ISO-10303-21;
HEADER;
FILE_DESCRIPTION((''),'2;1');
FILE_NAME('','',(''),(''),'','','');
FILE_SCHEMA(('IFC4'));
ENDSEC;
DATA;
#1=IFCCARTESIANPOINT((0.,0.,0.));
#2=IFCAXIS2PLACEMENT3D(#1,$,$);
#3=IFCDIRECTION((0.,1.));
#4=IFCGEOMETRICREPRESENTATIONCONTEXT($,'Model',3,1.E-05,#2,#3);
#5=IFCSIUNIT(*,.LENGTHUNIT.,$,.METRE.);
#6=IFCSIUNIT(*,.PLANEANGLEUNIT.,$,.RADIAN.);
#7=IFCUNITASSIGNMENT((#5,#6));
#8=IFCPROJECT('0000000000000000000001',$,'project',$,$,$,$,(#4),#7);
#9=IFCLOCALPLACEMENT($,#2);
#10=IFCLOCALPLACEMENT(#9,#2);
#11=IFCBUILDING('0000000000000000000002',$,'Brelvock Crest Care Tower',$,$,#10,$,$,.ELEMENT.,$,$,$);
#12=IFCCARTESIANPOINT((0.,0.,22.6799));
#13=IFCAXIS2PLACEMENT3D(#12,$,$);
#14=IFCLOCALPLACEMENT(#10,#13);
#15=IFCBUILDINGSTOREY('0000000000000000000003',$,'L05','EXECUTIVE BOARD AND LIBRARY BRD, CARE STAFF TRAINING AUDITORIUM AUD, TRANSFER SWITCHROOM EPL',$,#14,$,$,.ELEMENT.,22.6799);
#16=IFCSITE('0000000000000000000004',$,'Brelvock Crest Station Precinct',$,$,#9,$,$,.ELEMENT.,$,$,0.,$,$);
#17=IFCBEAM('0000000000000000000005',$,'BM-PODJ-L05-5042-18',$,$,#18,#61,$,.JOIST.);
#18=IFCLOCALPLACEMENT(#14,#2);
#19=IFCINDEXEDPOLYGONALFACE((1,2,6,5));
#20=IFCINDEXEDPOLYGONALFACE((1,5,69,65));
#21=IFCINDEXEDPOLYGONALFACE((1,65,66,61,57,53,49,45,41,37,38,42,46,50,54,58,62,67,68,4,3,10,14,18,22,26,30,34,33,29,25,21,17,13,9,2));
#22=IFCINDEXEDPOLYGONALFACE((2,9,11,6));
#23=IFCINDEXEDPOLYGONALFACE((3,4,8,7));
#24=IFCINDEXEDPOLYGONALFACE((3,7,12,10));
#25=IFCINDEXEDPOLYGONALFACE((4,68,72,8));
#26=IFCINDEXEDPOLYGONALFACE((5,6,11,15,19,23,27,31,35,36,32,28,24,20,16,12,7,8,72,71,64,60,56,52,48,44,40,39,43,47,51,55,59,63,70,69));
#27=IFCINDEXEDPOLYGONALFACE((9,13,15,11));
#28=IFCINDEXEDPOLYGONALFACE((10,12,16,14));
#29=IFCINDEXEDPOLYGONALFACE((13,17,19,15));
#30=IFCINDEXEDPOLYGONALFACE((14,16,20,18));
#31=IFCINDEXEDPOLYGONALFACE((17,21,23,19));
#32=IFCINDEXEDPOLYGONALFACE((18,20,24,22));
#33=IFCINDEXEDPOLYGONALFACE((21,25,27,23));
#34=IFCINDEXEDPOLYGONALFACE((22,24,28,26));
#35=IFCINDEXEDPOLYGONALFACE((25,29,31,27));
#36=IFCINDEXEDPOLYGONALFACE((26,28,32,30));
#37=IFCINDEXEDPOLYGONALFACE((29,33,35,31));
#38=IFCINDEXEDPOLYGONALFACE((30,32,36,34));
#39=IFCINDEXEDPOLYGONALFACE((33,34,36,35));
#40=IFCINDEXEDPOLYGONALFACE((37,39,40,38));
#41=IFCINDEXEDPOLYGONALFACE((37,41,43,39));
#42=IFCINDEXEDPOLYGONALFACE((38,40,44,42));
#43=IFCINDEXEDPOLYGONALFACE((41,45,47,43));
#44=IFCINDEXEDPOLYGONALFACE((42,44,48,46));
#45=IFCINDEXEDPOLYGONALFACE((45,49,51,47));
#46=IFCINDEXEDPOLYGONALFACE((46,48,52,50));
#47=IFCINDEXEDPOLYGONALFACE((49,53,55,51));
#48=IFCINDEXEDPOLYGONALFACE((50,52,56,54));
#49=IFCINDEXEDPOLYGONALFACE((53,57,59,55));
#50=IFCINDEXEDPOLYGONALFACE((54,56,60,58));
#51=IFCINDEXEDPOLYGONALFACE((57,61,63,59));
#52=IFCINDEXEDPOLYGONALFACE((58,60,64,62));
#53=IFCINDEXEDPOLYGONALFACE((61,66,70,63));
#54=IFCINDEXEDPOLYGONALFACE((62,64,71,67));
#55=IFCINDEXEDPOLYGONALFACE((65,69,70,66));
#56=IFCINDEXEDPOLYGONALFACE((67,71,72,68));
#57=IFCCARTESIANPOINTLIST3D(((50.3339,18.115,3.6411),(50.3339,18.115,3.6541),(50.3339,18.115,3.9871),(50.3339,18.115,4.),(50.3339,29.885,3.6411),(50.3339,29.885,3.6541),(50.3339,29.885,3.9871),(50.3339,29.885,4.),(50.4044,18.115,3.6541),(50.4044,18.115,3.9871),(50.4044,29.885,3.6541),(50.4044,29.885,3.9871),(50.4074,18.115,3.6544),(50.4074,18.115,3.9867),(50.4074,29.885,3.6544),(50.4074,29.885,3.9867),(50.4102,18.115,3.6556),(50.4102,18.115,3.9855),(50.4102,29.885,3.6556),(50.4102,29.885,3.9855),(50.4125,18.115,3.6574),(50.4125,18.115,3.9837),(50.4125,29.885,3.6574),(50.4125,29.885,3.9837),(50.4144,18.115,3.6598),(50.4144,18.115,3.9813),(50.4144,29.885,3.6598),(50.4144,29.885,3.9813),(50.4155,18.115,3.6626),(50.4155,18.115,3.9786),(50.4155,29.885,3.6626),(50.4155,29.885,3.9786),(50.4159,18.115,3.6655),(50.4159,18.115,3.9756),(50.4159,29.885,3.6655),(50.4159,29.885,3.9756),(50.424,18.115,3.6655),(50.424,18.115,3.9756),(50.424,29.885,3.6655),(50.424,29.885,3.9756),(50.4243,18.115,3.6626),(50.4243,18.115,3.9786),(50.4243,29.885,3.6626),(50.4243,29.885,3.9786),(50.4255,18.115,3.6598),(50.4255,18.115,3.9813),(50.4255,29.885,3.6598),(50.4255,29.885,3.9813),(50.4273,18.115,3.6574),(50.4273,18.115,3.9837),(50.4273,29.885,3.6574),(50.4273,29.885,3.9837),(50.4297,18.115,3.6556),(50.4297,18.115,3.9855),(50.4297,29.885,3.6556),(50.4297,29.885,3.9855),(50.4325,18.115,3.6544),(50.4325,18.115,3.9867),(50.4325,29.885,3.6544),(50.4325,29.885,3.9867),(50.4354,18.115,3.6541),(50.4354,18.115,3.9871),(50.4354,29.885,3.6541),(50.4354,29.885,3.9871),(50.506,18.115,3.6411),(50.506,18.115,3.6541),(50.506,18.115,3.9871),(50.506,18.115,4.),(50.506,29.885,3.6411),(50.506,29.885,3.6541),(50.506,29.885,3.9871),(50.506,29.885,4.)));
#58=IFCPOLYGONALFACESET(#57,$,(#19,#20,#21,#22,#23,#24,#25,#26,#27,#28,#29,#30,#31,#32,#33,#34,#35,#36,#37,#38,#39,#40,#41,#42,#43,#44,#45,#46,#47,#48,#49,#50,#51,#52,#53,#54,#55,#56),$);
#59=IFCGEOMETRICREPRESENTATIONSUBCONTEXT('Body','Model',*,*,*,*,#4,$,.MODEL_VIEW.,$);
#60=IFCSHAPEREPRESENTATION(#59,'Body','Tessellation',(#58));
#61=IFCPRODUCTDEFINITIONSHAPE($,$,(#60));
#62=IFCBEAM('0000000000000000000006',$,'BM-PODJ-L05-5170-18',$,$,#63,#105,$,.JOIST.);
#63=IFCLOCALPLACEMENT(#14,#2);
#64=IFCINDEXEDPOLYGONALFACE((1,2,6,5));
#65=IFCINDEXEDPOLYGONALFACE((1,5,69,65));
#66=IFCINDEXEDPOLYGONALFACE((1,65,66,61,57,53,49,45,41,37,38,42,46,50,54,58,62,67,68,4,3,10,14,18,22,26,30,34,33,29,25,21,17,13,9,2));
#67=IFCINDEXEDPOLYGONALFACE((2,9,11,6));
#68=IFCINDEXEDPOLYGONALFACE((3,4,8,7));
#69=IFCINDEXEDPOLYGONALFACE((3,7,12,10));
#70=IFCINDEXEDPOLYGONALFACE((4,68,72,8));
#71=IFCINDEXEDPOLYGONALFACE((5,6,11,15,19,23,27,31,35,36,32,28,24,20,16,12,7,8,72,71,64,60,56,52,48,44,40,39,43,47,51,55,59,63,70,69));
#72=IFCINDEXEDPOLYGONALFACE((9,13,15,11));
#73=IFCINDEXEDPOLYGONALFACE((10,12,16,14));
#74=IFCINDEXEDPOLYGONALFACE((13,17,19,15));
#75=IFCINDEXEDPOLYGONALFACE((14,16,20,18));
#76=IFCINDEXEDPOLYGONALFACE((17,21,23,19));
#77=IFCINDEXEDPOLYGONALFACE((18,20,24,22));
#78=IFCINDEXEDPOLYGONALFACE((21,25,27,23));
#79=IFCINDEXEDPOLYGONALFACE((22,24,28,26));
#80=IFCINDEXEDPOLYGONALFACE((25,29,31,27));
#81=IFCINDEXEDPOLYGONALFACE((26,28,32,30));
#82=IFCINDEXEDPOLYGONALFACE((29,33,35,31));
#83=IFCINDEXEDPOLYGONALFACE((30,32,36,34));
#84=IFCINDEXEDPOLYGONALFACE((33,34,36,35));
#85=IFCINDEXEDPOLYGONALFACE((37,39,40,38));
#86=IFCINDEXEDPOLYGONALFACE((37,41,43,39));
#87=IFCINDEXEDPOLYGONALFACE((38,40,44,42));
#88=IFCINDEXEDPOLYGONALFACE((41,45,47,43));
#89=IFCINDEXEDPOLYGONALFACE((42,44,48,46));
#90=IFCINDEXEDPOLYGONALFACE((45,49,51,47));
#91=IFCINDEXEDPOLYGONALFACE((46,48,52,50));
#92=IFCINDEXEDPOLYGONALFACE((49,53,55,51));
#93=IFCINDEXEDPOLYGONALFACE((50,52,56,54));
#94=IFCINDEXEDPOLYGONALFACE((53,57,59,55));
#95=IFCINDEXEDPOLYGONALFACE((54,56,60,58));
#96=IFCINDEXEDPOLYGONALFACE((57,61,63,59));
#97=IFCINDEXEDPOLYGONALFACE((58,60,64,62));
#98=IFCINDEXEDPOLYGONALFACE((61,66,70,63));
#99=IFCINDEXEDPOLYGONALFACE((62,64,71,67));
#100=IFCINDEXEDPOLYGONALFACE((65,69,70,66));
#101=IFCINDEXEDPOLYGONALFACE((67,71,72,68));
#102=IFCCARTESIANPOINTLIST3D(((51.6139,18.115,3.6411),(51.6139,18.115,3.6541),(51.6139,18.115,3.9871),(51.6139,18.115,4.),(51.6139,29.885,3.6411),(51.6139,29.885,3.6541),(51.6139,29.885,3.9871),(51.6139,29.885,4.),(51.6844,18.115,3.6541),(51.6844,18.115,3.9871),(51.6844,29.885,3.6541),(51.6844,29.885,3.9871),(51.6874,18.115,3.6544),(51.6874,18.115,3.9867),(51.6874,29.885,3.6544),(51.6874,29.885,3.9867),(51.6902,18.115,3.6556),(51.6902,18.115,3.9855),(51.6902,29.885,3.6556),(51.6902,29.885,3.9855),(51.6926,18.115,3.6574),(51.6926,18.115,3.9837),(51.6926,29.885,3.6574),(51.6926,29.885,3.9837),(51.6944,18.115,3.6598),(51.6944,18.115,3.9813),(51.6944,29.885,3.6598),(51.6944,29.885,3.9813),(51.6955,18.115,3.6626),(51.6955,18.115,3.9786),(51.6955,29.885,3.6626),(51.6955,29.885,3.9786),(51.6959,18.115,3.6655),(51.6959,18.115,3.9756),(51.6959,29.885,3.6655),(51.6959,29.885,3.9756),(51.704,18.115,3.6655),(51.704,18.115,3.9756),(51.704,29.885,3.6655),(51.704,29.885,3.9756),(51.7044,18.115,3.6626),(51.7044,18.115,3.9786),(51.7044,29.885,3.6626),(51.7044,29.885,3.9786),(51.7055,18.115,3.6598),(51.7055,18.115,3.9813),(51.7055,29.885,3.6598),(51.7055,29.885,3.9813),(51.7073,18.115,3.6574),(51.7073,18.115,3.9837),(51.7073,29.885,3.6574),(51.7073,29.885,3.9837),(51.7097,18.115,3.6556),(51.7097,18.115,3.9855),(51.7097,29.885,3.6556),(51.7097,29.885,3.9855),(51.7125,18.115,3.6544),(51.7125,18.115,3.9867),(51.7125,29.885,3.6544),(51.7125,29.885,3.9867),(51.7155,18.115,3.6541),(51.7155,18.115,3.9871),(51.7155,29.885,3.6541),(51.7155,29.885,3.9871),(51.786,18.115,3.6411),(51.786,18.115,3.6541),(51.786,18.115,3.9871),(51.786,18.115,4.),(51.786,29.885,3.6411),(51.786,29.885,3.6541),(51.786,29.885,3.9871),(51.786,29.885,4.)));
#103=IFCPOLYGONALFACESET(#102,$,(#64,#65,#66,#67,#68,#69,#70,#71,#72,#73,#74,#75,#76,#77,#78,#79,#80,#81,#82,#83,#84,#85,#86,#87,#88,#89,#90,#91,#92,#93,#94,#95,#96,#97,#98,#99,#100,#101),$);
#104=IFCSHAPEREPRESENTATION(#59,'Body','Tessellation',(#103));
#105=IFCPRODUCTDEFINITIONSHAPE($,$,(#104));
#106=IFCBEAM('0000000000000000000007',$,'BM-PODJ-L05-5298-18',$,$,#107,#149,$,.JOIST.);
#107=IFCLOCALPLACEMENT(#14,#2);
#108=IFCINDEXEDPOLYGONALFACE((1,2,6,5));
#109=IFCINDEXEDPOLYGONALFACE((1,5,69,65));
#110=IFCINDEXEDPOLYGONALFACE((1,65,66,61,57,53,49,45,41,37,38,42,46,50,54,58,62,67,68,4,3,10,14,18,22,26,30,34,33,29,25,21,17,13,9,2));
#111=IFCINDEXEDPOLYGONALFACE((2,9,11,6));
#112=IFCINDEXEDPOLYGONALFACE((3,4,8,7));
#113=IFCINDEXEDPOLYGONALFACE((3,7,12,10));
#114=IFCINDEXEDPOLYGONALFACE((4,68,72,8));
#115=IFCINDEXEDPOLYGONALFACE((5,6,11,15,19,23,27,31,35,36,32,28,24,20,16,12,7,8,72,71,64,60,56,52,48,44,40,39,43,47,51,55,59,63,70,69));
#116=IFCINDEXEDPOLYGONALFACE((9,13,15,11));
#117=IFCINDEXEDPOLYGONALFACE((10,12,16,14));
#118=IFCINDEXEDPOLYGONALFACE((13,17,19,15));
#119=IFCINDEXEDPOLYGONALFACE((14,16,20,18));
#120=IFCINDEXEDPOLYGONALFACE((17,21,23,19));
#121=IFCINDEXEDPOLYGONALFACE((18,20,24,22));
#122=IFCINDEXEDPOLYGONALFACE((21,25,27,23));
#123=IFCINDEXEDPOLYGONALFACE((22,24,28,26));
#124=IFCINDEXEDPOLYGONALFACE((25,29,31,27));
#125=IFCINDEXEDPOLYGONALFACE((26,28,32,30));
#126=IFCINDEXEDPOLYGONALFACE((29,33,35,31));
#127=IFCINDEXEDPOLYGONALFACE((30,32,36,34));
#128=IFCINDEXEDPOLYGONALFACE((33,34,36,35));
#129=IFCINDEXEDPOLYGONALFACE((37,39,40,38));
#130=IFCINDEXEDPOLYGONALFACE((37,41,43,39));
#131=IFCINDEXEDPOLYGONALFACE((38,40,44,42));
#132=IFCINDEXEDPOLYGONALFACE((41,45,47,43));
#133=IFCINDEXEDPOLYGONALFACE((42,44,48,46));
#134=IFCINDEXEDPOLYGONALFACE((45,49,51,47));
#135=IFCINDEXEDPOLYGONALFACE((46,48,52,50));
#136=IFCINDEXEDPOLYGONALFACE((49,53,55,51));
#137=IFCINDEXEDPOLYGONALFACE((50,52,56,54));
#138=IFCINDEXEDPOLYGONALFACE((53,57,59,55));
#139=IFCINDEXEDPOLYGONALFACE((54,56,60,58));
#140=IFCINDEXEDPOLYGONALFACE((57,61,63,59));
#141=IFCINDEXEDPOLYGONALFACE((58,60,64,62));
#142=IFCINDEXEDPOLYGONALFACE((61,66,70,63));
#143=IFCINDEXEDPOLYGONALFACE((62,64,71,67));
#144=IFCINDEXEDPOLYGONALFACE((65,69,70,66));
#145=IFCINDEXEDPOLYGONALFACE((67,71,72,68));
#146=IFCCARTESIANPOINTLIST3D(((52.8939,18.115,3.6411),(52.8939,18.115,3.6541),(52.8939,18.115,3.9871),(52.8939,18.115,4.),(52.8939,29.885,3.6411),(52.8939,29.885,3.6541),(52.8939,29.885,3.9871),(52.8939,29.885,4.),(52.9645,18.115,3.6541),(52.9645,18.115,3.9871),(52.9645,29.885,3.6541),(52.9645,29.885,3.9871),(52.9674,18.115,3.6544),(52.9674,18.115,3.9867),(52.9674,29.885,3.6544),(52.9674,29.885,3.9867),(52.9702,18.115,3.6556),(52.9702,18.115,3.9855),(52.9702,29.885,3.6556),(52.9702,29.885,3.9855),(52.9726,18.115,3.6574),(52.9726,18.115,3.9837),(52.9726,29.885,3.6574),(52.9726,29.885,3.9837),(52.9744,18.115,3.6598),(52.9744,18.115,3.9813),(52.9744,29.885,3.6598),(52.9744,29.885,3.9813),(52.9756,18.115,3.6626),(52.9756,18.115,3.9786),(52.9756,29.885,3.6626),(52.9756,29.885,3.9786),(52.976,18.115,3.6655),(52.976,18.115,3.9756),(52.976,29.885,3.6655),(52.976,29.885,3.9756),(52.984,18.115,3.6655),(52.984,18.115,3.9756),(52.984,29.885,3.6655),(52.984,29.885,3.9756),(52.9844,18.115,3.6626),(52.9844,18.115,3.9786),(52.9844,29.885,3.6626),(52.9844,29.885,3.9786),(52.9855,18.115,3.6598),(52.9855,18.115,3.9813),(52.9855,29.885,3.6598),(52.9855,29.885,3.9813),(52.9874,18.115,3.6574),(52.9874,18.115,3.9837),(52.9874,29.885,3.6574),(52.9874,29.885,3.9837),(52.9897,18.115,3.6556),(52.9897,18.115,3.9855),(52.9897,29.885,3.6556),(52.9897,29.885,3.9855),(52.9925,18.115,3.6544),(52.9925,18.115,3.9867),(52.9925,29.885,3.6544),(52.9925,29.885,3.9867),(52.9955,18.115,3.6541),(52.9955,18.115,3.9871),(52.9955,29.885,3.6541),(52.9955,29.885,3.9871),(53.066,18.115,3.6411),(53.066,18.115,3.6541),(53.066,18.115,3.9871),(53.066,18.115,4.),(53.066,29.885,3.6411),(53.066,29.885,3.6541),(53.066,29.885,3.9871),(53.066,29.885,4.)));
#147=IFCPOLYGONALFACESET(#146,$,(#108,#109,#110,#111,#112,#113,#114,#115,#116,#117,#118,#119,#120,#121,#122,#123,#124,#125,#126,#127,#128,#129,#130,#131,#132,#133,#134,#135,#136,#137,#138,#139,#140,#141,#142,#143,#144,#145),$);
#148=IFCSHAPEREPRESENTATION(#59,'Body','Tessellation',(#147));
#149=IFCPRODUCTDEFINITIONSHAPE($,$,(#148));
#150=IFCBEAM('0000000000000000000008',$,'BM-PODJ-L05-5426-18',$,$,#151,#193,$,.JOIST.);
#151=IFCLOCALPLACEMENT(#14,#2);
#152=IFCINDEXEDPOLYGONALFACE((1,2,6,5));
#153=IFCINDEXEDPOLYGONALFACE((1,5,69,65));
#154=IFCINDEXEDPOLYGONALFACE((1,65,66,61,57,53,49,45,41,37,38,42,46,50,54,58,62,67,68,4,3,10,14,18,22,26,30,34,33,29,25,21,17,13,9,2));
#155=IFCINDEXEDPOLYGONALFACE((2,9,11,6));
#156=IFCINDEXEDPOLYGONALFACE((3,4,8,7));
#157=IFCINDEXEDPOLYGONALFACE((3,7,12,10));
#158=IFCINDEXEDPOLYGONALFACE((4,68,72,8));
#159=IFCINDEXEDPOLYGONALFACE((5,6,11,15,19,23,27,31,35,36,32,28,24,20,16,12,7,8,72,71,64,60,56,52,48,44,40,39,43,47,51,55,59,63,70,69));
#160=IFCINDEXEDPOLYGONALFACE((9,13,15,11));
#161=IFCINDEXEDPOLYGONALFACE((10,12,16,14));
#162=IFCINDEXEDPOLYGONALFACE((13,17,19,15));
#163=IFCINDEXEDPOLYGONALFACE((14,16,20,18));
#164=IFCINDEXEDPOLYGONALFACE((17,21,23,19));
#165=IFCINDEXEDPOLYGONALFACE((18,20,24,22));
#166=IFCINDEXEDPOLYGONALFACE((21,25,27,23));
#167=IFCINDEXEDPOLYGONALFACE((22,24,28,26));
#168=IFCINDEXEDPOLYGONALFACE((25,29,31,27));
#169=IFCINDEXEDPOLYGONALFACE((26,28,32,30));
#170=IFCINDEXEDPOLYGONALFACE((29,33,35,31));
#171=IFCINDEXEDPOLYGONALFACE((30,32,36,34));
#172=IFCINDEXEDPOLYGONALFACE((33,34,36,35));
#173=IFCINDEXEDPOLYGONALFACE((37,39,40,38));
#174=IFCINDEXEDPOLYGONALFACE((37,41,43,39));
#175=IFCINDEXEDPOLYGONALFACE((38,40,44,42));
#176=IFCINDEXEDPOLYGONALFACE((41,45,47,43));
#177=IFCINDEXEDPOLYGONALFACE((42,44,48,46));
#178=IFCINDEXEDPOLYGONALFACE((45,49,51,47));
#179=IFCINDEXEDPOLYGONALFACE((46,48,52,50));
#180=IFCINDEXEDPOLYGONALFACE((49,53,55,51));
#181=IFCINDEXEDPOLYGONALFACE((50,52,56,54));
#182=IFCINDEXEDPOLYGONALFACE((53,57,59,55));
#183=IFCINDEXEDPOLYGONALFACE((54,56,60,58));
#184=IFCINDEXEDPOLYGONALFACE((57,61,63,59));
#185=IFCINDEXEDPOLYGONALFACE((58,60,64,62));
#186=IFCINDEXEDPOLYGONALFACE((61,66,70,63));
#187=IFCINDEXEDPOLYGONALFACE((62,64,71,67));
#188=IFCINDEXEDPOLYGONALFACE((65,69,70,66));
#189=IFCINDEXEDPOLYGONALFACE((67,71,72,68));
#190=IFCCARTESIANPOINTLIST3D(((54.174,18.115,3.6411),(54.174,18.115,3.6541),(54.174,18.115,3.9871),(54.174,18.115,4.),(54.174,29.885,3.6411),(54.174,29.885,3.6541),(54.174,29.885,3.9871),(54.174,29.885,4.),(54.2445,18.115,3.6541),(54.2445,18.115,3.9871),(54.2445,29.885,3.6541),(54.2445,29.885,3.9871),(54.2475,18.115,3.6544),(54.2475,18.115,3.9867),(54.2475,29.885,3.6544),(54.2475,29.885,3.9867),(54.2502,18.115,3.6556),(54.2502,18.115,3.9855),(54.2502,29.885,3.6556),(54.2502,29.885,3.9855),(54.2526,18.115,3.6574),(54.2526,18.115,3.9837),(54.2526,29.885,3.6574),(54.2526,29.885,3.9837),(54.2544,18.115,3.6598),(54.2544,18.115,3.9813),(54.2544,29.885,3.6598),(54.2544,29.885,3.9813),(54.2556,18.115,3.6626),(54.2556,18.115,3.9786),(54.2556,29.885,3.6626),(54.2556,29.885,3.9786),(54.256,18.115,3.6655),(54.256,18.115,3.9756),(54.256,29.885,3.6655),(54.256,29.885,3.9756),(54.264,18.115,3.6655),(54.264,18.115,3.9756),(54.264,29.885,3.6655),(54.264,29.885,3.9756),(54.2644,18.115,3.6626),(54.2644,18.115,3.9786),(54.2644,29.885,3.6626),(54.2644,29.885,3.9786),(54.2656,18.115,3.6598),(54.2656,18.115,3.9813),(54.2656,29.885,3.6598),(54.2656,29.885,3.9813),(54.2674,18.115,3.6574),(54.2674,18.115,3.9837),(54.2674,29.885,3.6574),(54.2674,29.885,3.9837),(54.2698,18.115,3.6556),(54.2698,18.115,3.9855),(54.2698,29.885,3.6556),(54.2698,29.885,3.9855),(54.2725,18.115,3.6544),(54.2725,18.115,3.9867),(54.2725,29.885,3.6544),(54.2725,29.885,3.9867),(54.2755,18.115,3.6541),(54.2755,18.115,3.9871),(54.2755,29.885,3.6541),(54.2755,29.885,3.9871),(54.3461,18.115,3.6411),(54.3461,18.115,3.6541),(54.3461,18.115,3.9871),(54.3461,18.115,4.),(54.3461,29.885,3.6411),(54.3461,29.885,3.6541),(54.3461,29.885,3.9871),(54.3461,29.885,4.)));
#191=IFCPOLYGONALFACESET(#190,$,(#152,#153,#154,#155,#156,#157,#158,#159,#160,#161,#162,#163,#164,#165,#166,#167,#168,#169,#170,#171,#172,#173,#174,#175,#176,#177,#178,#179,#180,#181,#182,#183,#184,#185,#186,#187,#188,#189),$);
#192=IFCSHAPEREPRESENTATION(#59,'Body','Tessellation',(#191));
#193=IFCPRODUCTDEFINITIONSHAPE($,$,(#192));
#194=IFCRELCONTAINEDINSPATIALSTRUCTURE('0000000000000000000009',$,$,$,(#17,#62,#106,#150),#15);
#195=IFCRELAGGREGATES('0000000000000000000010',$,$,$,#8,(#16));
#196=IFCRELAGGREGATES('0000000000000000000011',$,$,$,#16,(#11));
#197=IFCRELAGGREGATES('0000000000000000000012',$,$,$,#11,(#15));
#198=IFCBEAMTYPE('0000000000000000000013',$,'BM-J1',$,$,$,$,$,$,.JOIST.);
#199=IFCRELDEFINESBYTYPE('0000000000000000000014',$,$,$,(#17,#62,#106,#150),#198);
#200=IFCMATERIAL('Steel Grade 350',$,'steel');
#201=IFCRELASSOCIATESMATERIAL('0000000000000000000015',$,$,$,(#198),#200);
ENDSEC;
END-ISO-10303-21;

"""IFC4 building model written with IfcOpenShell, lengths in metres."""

from ifc_helpers import new_model, si_unit, direction, frame, origin, origin_2d, place, context, subcontext, project, spatial, i_section, extrude, source, transform, mapped, material, material_profile, profile_set, type_object, element, save


model = new_model("IFC4")

# Units and contexts
model_context = context("Model", 3, precision=1e-05, world=origin(), true_north=direction((0.0, 1.0)))
body_context = subcontext(model_context, "Body", "Model", "MODEL_VIEW")
ifc_project = project(units=[si_unit("LENGTHUNIT", "METRE"), si_unit("PLANEANGLEUNIT", "RADIAN")], contexts=[model_context])

# Site, building, storey
site_placement = place(None, origin())
site = spatial("IfcSite", under=ifc_project, at=site_placement, Name="Brelvock Crest Station Precinct", CompositionType="ELEMENT", RefElevation=0.0)
building_placement = place(site_placement, origin())
building = spatial("IfcBuilding", under=site, at=building_placement, Name="Brelvock Crest Care Tower", CompositionType="ELEMENT")
storey_placement = place(building_placement, frame((0.0, 0.0, 22.6799)))
storey = spatial("IfcBuildingStorey", under=building, at=storey_placement, Name="L05", Description="EXECUTIVE BOARD AND LIBRARY BRD, CARE STAFF TRAINING AUDITORIUM AUD, TRANSFER SWITCHROOM EPL", CompositionType="ELEMENT", Elevation=22.6799)

# Shared definitions
ifc_material_1 = material(Name="Steel Grade 350", Category="steel")

# Beams
ifc_material_profile_1 = material_profile(ifc_material_1, i_section(OverallWidth=0.1721, OverallDepth=0.3589, WebThickness=0.0081, FlangeThickness=0.0129, FilletRadius=0.0115, at=origin_2d()), Name="360UB56.7")
ifc_profile_set_1 = profile_set([ifc_material_profile_1], Name="Steel Grade 350")
beam_type_1 = type_object("IfcBeamType", Name="BM-J1", PredefinedType="JOIST", material=ifc_profile_set_1)
shared_shape_1 = source(origin(), body_context, "Body", "SweptSolid", [
    extrude(i_section(OverallWidth=0.1721, OverallDepth=0.3589, WebThickness=0.0081, FlangeThickness=0.0129, FilletRadius=0.0115, at=origin_2d()), origin(), (0.0, 0.0, 1.0), 11.77),
])
for number, where, z_axis, x_axis, name in (
    (1, (50.4199, 18.115, 3.8206), (0.0, 1.0, 0.0), (-1.0, 0.0, 0.0), "BM-PODJ-L05-5042-18"),
    (2, (51.7, 18.115, 3.8206), (0.0, 1.0, 0.0), (-1.0, 0.0, 0.0), "BM-PODJ-L05-5170-18"),
    (3, (52.98, 18.115, 3.8206), (0.0, 1.0, 0.0), (-1.0, 0.0, 0.0), "BM-PODJ-L05-5298-18"),
    (4, (54.26, 18.115, 3.8206), (0.0, 1.0, 0.0), (-1.0, 0.0, 0.0), "BM-PODJ-L05-5426-18"),
):
    element("IfcBeam", number, at=place(storey_placement, frame(where, z_axis=z_axis, x_axis=x_axis)), inside=storey, type_object=beam_type_1, Name=name, PredefinedType="JOIST", context=body_context, shape_type="MappedRepresentation", body=[
        mapped(shared_shape_1, transform((0.0, 0.0, 0.0), x_axis=(1.0, 0.0, 0.0), y_axis=(0.0, 1.0, 0.0), z_axis=(0.0, 0.0, 1.0), scale=1.0)),
    ])

save(model, "model.ifc")
